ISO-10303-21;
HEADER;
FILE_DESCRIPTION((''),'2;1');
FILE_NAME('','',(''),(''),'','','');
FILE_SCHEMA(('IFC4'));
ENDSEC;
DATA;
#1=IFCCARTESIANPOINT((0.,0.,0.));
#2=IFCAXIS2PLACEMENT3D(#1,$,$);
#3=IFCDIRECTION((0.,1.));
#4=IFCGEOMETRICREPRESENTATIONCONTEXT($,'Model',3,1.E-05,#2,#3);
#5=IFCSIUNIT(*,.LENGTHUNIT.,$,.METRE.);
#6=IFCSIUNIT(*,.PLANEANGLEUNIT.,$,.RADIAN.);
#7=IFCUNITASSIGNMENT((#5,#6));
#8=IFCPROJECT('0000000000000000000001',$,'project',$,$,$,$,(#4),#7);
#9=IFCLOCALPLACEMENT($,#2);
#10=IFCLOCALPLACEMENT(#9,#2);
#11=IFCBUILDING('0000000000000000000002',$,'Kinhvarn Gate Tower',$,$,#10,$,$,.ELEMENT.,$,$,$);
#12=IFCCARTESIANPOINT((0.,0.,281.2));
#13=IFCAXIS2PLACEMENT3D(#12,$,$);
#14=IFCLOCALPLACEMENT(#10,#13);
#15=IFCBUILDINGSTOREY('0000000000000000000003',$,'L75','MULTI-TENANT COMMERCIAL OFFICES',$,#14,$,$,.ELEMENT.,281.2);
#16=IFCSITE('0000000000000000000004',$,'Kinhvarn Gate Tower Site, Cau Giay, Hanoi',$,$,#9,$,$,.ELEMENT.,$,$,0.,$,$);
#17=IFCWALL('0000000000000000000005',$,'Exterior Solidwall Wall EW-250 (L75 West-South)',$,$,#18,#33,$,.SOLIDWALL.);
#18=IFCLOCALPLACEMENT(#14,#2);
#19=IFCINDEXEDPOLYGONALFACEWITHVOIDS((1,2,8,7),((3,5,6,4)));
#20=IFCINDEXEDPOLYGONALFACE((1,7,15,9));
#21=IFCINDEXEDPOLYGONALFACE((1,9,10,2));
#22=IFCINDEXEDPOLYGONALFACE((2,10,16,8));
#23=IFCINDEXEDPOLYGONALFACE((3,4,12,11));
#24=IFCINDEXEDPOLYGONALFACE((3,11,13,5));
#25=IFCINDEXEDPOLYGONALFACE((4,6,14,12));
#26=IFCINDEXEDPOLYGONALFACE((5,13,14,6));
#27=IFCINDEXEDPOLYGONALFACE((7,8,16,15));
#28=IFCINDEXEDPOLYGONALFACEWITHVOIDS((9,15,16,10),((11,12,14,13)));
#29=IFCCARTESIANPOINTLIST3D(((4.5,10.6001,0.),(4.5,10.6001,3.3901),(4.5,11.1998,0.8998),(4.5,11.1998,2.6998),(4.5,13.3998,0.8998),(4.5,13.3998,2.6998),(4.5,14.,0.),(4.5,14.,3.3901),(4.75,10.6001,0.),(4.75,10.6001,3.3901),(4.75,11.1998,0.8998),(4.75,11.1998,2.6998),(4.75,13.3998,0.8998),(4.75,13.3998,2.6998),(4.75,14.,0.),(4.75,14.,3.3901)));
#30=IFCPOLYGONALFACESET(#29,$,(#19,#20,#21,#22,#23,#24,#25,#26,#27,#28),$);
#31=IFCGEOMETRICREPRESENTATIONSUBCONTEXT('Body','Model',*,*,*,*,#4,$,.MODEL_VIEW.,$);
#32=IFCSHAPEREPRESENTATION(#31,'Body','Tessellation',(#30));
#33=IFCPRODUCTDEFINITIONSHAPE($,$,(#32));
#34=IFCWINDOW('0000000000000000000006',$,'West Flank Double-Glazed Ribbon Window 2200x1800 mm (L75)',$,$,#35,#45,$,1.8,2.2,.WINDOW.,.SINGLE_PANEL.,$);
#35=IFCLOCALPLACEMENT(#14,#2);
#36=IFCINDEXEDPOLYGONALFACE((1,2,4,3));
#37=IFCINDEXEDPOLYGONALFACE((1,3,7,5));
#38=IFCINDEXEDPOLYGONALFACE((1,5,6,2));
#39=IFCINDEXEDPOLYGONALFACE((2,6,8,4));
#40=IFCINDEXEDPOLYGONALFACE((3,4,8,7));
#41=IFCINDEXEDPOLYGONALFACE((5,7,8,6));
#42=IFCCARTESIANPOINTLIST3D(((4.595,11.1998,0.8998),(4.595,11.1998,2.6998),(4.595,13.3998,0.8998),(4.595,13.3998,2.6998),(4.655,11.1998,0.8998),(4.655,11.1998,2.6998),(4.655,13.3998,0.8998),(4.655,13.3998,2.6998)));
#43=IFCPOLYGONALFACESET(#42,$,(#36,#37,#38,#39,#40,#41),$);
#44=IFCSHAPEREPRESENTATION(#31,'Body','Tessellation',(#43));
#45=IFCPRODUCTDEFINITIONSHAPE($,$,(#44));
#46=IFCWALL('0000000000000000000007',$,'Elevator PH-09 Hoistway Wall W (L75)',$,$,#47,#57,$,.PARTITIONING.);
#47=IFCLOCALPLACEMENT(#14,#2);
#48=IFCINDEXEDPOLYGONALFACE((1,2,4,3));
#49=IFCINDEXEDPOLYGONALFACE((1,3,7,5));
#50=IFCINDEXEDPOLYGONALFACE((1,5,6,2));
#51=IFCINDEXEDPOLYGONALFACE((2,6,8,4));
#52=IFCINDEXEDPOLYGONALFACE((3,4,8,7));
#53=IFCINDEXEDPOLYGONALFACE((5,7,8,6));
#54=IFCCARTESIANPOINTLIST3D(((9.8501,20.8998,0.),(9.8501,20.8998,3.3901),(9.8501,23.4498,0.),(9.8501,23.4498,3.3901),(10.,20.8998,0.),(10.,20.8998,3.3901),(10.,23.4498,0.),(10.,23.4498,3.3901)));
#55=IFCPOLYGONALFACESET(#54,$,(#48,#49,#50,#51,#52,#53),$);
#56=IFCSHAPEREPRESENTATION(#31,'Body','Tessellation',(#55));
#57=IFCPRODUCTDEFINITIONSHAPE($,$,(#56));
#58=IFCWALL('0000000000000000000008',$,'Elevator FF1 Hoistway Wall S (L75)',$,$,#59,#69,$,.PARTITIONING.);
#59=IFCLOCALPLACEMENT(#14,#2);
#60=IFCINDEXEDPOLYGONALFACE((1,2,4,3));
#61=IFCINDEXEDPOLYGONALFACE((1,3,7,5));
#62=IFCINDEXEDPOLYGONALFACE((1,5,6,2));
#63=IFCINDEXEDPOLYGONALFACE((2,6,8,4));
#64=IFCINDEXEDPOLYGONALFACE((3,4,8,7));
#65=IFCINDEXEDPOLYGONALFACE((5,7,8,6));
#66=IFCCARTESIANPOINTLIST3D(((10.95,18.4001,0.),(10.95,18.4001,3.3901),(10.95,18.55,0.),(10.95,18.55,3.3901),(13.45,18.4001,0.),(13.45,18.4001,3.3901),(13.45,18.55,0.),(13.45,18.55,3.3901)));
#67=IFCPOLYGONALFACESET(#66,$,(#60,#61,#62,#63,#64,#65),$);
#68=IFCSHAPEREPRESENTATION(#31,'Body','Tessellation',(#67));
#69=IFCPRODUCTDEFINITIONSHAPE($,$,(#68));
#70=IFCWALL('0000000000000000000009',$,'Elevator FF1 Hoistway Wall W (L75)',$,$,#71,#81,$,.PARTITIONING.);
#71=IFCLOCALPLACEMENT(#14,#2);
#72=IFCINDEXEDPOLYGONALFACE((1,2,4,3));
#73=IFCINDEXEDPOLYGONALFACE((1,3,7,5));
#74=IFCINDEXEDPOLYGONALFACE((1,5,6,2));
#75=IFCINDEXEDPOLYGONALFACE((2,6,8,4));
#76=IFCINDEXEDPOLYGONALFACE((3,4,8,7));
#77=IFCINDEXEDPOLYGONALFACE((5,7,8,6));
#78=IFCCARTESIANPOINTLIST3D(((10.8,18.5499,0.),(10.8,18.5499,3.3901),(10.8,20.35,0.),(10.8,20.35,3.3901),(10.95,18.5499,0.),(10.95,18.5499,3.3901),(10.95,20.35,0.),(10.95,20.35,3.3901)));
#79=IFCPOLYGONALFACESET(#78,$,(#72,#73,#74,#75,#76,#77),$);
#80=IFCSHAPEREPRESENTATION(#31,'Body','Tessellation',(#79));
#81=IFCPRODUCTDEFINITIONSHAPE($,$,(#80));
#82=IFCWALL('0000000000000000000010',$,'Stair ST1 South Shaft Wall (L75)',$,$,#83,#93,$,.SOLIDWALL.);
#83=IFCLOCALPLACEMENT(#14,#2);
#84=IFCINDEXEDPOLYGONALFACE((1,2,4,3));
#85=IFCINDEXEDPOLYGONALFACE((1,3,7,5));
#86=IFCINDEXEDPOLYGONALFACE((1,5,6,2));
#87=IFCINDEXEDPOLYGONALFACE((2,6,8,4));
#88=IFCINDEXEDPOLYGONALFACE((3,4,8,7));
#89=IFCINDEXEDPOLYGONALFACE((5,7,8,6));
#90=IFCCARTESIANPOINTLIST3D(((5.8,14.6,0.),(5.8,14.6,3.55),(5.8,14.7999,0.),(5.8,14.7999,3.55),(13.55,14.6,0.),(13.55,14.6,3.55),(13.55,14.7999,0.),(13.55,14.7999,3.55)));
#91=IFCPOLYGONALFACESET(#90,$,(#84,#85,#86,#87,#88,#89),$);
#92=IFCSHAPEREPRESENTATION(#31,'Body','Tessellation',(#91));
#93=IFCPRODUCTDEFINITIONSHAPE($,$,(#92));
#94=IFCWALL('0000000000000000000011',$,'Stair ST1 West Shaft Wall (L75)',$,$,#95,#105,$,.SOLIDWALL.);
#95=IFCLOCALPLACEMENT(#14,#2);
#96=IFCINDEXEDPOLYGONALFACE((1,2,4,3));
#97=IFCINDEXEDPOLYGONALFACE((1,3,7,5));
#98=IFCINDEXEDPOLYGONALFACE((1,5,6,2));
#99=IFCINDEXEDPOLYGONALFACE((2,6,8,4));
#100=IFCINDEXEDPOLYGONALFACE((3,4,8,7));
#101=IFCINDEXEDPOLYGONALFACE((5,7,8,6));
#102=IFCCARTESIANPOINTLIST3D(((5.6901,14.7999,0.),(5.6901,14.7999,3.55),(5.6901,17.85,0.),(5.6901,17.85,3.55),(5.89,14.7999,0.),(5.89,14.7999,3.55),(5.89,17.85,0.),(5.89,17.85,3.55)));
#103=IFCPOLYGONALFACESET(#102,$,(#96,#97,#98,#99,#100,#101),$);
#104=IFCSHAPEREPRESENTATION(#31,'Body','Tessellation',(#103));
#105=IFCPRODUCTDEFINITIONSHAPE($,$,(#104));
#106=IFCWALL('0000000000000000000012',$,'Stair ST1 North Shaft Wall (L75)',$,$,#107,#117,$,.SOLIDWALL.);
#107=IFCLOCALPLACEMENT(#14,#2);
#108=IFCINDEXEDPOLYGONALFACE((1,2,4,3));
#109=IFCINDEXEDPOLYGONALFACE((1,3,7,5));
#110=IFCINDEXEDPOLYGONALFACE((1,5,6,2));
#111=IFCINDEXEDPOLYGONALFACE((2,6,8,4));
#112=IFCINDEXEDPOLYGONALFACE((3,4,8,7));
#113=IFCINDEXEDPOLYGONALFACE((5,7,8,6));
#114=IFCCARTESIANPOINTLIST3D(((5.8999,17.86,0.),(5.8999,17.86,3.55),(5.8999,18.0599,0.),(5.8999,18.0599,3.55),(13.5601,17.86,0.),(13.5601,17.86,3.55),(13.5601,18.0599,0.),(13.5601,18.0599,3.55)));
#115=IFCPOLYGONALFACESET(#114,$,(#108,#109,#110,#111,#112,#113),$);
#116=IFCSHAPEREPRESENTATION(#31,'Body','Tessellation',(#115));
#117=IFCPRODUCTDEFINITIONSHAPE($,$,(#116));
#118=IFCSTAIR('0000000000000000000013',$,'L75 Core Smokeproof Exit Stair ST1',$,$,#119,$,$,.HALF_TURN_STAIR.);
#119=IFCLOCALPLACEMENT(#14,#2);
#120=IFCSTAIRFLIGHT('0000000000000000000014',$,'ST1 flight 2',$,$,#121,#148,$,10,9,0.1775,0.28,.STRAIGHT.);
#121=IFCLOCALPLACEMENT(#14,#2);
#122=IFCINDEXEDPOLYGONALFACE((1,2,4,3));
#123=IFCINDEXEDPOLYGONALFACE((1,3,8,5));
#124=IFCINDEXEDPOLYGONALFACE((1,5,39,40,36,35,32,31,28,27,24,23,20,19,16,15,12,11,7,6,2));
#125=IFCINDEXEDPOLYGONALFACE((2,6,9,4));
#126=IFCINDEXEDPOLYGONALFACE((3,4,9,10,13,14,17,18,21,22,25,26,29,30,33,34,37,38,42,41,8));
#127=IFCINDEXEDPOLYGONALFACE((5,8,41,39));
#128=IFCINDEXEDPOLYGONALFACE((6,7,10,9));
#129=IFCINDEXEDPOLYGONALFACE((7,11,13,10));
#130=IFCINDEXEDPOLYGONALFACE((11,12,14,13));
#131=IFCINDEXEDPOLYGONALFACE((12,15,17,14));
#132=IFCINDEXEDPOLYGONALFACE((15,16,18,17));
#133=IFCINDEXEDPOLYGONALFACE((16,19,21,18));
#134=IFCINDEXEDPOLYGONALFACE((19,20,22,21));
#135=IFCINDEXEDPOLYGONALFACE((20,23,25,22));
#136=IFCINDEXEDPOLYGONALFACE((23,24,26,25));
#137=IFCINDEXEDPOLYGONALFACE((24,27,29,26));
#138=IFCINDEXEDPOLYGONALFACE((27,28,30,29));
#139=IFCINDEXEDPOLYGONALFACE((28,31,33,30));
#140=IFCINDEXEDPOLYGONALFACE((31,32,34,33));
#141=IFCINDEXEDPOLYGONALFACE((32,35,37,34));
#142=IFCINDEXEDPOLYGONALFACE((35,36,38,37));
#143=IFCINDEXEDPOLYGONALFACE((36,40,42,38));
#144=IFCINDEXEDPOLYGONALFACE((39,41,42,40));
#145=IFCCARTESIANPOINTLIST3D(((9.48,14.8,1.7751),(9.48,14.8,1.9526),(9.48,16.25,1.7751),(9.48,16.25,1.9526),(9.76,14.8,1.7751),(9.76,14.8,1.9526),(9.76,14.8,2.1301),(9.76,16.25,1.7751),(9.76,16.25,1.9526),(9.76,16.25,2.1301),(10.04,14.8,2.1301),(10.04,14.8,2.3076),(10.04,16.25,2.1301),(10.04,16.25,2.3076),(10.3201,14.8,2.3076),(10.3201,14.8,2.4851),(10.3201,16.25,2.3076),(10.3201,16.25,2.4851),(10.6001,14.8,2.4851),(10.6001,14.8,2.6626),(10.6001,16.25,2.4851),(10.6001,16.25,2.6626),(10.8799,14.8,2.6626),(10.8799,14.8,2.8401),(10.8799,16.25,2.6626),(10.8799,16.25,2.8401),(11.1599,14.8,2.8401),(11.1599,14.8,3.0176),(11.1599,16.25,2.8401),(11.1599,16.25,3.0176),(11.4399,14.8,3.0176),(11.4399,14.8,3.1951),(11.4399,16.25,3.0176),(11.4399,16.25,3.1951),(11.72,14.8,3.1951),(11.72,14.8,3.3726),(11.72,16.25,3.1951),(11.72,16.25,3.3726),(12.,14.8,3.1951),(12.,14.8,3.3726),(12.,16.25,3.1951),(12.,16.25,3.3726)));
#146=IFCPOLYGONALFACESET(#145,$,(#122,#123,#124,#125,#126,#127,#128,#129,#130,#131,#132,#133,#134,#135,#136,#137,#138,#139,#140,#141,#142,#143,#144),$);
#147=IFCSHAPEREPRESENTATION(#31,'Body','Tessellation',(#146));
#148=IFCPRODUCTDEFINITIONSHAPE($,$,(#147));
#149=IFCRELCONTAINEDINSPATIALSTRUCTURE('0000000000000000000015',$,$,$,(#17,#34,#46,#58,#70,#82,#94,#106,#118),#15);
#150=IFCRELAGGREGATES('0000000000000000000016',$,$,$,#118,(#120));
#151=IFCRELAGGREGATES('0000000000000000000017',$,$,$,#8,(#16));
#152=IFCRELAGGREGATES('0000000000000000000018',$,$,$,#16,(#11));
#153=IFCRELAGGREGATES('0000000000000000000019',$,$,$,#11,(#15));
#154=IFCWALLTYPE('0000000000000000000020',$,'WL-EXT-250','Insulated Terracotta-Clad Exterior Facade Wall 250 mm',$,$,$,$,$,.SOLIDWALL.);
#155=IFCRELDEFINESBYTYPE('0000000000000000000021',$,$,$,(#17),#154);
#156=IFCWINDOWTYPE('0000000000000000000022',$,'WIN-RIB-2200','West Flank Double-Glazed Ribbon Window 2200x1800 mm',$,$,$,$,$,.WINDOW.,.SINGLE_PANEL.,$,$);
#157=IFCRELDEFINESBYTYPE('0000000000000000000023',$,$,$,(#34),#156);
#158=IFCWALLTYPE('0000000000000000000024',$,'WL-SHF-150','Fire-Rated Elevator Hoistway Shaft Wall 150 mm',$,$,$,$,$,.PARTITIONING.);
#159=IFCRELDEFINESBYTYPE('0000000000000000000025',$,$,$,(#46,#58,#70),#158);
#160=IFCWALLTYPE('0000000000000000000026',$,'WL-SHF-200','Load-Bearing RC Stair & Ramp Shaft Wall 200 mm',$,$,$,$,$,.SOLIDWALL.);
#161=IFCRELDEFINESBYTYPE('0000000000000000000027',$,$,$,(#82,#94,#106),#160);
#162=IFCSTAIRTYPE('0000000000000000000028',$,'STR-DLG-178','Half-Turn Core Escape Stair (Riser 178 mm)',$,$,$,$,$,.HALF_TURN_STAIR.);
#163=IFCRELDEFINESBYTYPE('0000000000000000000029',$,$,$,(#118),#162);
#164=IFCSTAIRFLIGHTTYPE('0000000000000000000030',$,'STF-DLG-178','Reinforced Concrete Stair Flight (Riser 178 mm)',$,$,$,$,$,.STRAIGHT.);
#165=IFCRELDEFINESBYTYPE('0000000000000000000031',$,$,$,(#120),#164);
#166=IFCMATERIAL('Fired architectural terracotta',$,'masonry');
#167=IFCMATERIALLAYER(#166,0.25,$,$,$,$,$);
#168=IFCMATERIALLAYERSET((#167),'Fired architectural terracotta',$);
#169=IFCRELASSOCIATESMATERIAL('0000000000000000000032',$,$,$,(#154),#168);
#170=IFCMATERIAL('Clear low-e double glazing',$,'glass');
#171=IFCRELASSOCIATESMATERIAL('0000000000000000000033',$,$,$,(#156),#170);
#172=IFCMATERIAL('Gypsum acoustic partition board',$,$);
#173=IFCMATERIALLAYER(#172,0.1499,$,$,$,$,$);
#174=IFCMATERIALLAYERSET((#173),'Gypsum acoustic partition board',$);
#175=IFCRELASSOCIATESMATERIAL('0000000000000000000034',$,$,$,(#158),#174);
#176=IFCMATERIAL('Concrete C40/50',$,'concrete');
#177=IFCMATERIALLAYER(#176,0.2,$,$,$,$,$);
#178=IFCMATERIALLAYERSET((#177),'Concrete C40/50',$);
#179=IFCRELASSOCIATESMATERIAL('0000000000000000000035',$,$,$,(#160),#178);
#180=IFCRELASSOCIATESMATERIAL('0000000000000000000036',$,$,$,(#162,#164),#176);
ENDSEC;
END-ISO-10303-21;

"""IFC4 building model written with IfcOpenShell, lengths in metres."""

from ifc_helpers import new_model, si_unit, direction, frame, frame_2d, origin, place, context, subcontext, project, spatial, polyline, rectangle, outline, extrude, material, layer, layer_set, type_object, element, fill, aggregate, save


model = new_model("IFC4")

# Units and contexts
model_context = context("Model", 3, precision=1e-05, world=origin(), true_north=direction((0.0, 1.0)))
body_context = subcontext(model_context, "Body", "Model", "MODEL_VIEW")
ifc_project = project(units=[si_unit("LENGTHUNIT", "METRE"), si_unit("PLANEANGLEUNIT", "RADIAN")], contexts=[model_context])

# Site, building, storey
site_placement = place(None, origin())
site = spatial("IfcSite", under=ifc_project, at=site_placement, Name="Kinhvarn Gate Tower Site, Cau Giay, Hanoi", CompositionType="ELEMENT", RefElevation=0.0)
building_placement = place(site_placement, origin())
building = spatial("IfcBuilding", under=site, at=building_placement, Name="Kinhvarn Gate Tower", CompositionType="ELEMENT")
storey_placement = place(building_placement, frame((0.0, 0.0, 281.2)))
storey = spatial("IfcBuildingStorey", under=building, at=storey_placement, Name="L75", Description="MULTI-TENANT COMMERCIAL OFFICES", CompositionType="ELEMENT", Elevation=281.2)

# Shared definitions
ifc_material_1 = material(Name="Clear low-e double glazing", Category="glass")

# Wall, opening, window
ifc_material_2 = material(Name="Fired architectural terracotta", Category="masonry")
ifc_layer_1 = layer(ifc_material_2, 0.25)
ifc_layer_set_1 = layer_set([ifc_layer_1], Name="Fired architectural terracotta")
wall_type_1 = type_object("IfcWallType", Name="WL-EXT-250", Description="Insulated Terracotta-Clad Exterior Facade Wall 250 mm", PredefinedType="SOLIDWALL", material=ifc_layer_set_1)
wall_1_placement = place(storey_placement, frame((4.625, 14.0, 0.0), z_axis=(0.0, 0.0, 1.0), x_axis=(0.0, -1.0, 0.0)))
wall_1 = element("IfcWall", 1, at=wall_1_placement, inside=storey, type_object=wall_type_1, Name="Exterior Solidwall Wall EW-250 (L75 West-South)", PredefinedType="SOLIDWALL", context=body_context, shape_type="SweptSolid", body=[
    extrude(rectangle(XDim=3.3999, YDim=0.25, at=frame_2d((1.7, 0.0))), origin(), (0.0, 0.0, 1.0), 3.3901),
])
opening_placement = place(wall_1_placement, frame((0.6001, 0.0, 0.8999)))
opening = element("IfcOpeningElement", 2, at=opening_placement, cuts=wall_1, PredefinedType="OPENING", context=body_context, shape_type="SweptSolid", body=[
    extrude(rectangle(XDim=2.2, YDim=1.8, at=frame_2d((1.1001, 0.8999))), frame((0.0, 0.135, 0.0), z_axis=(0.0, -1.0, 0.0), x_axis=(1.0, 0.0, 0.0)), (0.0, 0.0, 1.0), 0.27),
])
window_type = type_object("IfcWindowType", Name="WIN-RIB-2200", Description="West Flank Double-Glazed Ribbon Window 2200x1800 mm", PartitioningType="SINGLE_PANEL", PredefinedType="WINDOW", material=ifc_material_1)
window_placement = place(opening_placement, origin())
window = element("IfcWindow", 3, at=window_placement, inside=storey, type_object=window_type, Name="West Flank Double-Glazed Ribbon Window 2200x1800 mm (L75)", OverallHeight=1.8, OverallWidth=2.2, PartitioningType="SINGLE_PANEL", PredefinedType="WINDOW", context=body_context, shape_type="SweptSolid", body=[
    extrude(rectangle(XDim=2.2, YDim=1.8, at=frame_2d((1.1001, 0.8999))), frame((0.0, 0.03, 0.0), z_axis=(0.0, -1.0, 0.0), x_axis=(1.0, 0.0, 0.0)), (0.0, 0.0, 1.0), 0.0601),
])
fill(opening, window)

# Walls
ifc_material_3 = material(Name="Gypsum acoustic partition board")
ifc_layer_2 = layer(ifc_material_3, 0.1499)
ifc_layer_set_2 = layer_set([ifc_layer_2], Name="Gypsum acoustic partition board")
wall_type_2 = type_object("IfcWallType", Name="WL-SHF-150", Description="Fire-Rated Elevator Hoistway Shaft Wall 150 mm", PredefinedType="PARTITIONING", material=ifc_layer_set_2)
wall_2_placement = place(storey_placement, frame((9.925, 20.8999, 0.0), z_axis=(0.0, 0.0, 1.0), x_axis=(0.0, 1.0, 0.0)))
element("IfcWall", 4, at=wall_2_placement, inside=storey, type_object=wall_type_2, Name="Elevator PH-09 Hoistway Wall W (L75)", PredefinedType="PARTITIONING", context=body_context, shape_type="SweptSolid", body=[
    extrude(rectangle(XDim=2.55, YDim=0.1499, at=frame_2d((1.2749, 0.0))), origin(), (0.0, 0.0, 1.0), 3.3901),
])
wall_3_placement = place(storey_placement, frame((10.95, 18.4751, 0.0), z_axis=(0.0, 0.0, 1.0), x_axis=(1.0, 0.0, 0.0)))
element("IfcWall", 5, at=wall_3_placement, inside=storey, type_object=wall_type_2, Name="Elevator FF1 Hoistway Wall S (L75)", PredefinedType="PARTITIONING", context=body_context, shape_type="SweptSolid", body=[
    extrude(rectangle(XDim=2.5, YDim=0.1499, at=frame_2d((1.25, 0.0))), origin(), (0.0, 0.0, 1.0), 3.3901),
])
wall_4_placement = place(storey_placement, frame((10.875, 18.55, 0.0), z_axis=(0.0, 0.0, 1.0), x_axis=(0.0, 1.0, 0.0)))
element("IfcWall", 6, at=wall_4_placement, inside=storey, type_object=wall_type_2, Name="Elevator FF1 Hoistway Wall W (L75)", PredefinedType="PARTITIONING", context=body_context, shape_type="SweptSolid", body=[
    extrude(rectangle(XDim=1.8, YDim=0.1499, at=frame_2d((0.8999, 0.0))), origin(), (0.0, 0.0, 1.0), 3.3901),
])
ifc_material_4 = material(Name="Concrete C40/50", Category="concrete")
ifc_layer_3 = layer(ifc_material_4, 0.2)
ifc_layer_set_3 = layer_set([ifc_layer_3], Name="Concrete C40/50")
wall_type_3 = type_object("IfcWallType", Name="WL-SHF-200", Description="Load-Bearing RC Stair & Ramp Shaft Wall 200 mm", PredefinedType="SOLIDWALL", material=ifc_layer_set_3)
wall_5_placement = place(storey_placement, frame((5.8, 14.7, 0.0), z_axis=(0.0, 0.0, 1.0), x_axis=(1.0, 0.0, 0.0)))
element("IfcWall", 7, at=wall_5_placement, inside=storey, type_object=wall_type_3, Name="Stair ST1 South Shaft Wall (L75)", PredefinedType="SOLIDWALL", context=body_context, shape_type="SweptSolid", body=[
    extrude(rectangle(XDim=7.75, YDim=0.2, at=frame_2d((3.875, 0.0))), origin(), (0.0, 0.0, 1.0), 3.55),
])
wall_6_placement = place(storey_placement, frame((5.79, 14.8, 0.0), z_axis=(0.0, 0.0, 1.0), x_axis=(0.0, 1.0, 0.0)))
element("IfcWall", 8, at=wall_6_placement, inside=storey, type_object=wall_type_3, Name="Stair ST1 West Shaft Wall (L75)", PredefinedType="SOLIDWALL", context=body_context, shape_type="SweptSolid", body=[
    extrude(rectangle(XDim=3.05, YDim=0.2, at=frame_2d((1.5249, 0.0))), origin(), (0.0, 0.0, 1.0), 3.55),
])
wall_7_placement = place(storey_placement, frame((5.8999, 17.96, 0.0), z_axis=(0.0, 0.0, 1.0), x_axis=(1.0, 0.0, 0.0)))
element("IfcWall", 9, at=wall_7_placement, inside=storey, type_object=wall_type_3, Name="Stair ST1 North Shaft Wall (L75)", PredefinedType="SOLIDWALL", context=body_context, shape_type="SweptSolid", body=[
    extrude(rectangle(XDim=7.6602, YDim=0.2, at=frame_2d((3.8301, 0.0))), origin(), (0.0, 0.0, 1.0), 3.55),
])

# Stair, stair flight
stair_type = type_object("IfcStairType", Name="STR-DLG-178", Description="Half-Turn Core Escape Stair (Riser 178 mm)", PredefinedType="HALF_TURN_STAIR", material=ifc_material_4)
stair_placement = place(storey_placement, origin())
stair = element("IfcStair", 10, at=stair_placement, inside=storey, type_object=stair_type, Name="L75 Core Smokeproof Exit Stair ST1", PredefinedType="HALF_TURN_STAIR")
stair_flight_type = type_object("IfcStairFlightType", Name="STF-DLG-178", Description="Reinforced Concrete Stair Flight (Riser 178 mm)", PredefinedType="STRAIGHT", material=ifc_material_4)
stair_flight_placement = place(storey_placement, frame((9.48, 15.5249, 1.7751), z_axis=(0.0, 0.0, 1.0), x_axis=(1.0, 0.0, 0.0)))
stair_flight = element("IfcStairFlight", 11, at=stair_flight_placement, type_object=stair_flight_type, Name="ST1 flight 2", NumberOfRisers=10, NumberOfTreads=9, PredefinedType="STRAIGHT", RiserHeight=0.1775, TreadLength=0.28, context=body_context, shape_type="SweptSolid", body=[
    extrude(outline(polyline([(0.0, 0.0), (0.0, 0.1775), (0.28, 0.1775), (0.28, 0.355), (0.5601, 0.355), (0.5601, 0.5325), (0.8401, 0.5325), (0.8401, 0.71), (1.1201, 0.71), (1.1201, 0.8875), (1.3999, 0.8875), (1.3999, 1.0649), (1.6799, 1.0649), (1.6799, 1.2424), (1.96, 1.2424), (1.96, 1.4199), (2.24, 1.4199), (2.24, 1.5974), (2.52, 1.5974), (2.52, 1.7749), (2.52, 1.4199), (0.28, 0.0), (0.0, 0.0)])), frame((0.0, 0.7251, 0.0), z_axis=(0.0, -1.0, 0.0), x_axis=(1.0, 0.0, 0.0)), (0.0, 0.0, 1.0), 1.45),
])
aggregate(stair, [stair_flight])

save(model, "model.ifc")
